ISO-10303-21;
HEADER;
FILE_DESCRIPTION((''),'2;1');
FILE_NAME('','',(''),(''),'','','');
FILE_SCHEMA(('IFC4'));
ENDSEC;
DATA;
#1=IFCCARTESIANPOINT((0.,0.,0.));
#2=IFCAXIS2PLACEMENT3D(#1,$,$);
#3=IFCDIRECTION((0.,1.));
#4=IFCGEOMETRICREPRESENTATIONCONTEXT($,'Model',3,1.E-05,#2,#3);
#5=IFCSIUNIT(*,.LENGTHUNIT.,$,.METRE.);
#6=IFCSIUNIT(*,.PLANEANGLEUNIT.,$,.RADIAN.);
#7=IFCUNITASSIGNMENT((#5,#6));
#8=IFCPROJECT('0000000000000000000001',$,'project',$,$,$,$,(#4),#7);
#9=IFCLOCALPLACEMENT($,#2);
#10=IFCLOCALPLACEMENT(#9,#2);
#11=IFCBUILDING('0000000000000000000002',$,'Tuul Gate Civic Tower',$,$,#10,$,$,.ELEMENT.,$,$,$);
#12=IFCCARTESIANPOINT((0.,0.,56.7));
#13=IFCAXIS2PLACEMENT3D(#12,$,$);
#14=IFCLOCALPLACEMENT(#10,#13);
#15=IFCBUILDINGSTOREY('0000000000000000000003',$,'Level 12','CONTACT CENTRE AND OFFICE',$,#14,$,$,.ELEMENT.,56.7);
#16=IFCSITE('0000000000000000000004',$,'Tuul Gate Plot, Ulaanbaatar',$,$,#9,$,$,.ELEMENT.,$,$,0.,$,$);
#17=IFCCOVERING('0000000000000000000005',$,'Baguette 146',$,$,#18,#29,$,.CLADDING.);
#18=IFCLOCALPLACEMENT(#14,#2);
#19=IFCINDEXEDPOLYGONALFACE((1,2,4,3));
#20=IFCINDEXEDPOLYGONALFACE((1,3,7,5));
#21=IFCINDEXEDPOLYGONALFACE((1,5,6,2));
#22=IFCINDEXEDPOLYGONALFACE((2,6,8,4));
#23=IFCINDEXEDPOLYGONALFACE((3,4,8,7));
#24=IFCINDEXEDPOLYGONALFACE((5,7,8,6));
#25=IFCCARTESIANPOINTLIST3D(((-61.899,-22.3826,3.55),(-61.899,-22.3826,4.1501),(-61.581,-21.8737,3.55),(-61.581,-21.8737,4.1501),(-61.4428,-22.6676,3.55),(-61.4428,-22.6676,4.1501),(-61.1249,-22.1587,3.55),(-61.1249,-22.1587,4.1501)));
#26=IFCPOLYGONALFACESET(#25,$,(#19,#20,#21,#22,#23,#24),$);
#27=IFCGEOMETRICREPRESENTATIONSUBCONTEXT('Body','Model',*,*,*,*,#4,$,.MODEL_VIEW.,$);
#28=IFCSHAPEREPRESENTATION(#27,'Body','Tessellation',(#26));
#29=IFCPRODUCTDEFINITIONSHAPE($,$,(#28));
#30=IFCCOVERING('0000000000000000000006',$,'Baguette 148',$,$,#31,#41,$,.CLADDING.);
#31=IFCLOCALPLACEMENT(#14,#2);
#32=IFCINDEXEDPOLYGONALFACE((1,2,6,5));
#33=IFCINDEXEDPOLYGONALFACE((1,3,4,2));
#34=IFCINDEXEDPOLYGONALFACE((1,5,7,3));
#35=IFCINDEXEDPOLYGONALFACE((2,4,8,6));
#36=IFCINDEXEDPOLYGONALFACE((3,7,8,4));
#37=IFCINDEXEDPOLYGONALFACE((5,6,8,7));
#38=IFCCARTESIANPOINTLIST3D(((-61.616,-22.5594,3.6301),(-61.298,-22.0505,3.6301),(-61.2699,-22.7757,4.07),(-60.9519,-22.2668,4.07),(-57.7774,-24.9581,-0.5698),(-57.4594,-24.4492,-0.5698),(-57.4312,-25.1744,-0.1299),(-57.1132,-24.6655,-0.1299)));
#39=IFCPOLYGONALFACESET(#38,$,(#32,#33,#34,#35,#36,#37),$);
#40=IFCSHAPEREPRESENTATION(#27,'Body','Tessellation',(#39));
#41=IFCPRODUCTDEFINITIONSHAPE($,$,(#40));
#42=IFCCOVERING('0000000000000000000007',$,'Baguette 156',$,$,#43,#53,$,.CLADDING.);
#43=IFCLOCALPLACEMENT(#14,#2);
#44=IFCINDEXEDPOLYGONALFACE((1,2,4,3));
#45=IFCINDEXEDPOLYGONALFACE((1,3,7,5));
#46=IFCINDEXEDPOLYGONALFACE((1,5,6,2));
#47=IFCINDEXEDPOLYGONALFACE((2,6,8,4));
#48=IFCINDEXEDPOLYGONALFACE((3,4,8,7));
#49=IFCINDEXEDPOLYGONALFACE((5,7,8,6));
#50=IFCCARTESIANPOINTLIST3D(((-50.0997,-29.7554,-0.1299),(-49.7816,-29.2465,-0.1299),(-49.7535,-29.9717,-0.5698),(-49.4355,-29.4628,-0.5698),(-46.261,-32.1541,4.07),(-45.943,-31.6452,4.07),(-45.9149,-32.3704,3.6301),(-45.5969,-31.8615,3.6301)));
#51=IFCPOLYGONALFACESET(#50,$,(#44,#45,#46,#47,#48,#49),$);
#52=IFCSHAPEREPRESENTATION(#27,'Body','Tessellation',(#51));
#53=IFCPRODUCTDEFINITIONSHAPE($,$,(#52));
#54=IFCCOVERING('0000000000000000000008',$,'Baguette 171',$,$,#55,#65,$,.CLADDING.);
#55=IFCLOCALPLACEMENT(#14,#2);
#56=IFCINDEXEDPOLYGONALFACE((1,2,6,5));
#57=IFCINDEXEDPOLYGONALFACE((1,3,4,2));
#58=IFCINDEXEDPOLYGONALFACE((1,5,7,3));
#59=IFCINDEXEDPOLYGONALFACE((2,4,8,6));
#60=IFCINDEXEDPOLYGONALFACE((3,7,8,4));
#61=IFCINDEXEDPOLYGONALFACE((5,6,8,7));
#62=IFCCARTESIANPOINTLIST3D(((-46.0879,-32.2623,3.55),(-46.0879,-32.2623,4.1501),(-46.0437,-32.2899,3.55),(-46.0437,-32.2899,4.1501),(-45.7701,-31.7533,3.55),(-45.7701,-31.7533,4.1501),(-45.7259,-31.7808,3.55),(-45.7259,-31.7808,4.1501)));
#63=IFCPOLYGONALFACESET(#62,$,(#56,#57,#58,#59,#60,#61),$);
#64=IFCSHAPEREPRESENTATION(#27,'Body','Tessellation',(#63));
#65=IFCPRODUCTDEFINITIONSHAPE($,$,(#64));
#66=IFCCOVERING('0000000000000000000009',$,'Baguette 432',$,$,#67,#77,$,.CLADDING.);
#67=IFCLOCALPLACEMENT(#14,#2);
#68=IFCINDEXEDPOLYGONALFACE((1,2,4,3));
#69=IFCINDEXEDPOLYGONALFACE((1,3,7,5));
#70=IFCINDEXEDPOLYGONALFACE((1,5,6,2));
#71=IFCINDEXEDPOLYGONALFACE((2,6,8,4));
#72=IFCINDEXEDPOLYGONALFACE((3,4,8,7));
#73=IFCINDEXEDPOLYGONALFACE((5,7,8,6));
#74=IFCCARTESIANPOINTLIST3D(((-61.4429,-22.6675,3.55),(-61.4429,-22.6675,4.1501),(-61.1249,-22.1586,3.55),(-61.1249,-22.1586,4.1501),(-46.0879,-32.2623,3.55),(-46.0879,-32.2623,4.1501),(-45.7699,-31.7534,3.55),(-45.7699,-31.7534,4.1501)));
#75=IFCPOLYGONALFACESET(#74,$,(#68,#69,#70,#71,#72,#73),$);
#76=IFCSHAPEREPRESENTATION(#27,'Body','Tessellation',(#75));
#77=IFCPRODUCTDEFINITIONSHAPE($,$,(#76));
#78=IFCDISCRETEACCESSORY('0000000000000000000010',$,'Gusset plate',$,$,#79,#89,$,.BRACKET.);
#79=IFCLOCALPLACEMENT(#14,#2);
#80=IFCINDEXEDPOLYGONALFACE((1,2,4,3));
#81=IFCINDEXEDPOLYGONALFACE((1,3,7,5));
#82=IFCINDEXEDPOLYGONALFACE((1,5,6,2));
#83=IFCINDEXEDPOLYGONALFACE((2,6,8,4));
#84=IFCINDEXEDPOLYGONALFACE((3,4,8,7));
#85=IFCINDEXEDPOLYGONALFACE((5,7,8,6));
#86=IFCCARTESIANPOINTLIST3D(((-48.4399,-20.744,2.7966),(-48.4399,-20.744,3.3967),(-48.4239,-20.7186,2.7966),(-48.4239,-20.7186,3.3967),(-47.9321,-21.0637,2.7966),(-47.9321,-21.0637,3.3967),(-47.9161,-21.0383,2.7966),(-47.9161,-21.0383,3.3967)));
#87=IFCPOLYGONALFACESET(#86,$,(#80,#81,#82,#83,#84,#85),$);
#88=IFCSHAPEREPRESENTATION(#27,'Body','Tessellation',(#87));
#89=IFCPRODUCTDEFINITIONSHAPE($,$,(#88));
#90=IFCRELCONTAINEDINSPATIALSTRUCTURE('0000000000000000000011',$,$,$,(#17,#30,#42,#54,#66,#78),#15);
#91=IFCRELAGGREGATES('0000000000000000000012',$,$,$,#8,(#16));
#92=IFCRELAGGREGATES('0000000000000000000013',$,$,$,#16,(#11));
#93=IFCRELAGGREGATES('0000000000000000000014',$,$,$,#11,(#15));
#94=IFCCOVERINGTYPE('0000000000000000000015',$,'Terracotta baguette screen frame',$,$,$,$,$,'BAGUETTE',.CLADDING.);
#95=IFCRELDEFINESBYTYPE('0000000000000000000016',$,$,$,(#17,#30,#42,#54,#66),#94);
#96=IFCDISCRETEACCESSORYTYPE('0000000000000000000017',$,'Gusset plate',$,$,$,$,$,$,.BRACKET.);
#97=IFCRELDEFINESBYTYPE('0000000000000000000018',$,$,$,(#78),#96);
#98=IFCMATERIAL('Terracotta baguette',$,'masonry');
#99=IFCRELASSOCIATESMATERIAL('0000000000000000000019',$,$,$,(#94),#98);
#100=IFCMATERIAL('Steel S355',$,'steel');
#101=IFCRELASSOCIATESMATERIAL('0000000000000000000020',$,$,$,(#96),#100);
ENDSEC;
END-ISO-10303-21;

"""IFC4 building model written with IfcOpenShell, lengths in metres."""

from ifc_helpers import new_model, si_unit, direction, frame, origin, origin_2d, place, context, subcontext, project, spatial, rectangle, extrude, material, material_profile, profile_set, type_object, element, save


model = new_model("IFC4")

# Units and contexts
model_context = context("Model", 3, precision=1e-05, world=origin(), true_north=direction((0.0, 1.0)))
body_context = subcontext(model_context, "Body", "Model", "MODEL_VIEW")
ifc_project = project(units=[si_unit("LENGTHUNIT", "METRE"), si_unit("PLANEANGLEUNIT", "RADIAN")], contexts=[model_context])

# Site, building, storey
site_placement = place(None, origin())
site = spatial("IfcSite", under=ifc_project, at=site_placement, Name="Tuul Gate Plot, Ulaanbaatar", CompositionType="ELEMENT", RefElevation=0.0)
building_placement = place(site_placement, origin())
building = spatial("IfcBuilding", under=site, at=building_placement, Name="Tuul Gate Civic Tower", CompositionType="ELEMENT")
storey_placement = place(building_placement, frame((0.0, 0.0, 56.7)))
storey = spatial("IfcBuildingStorey", under=building, at=storey_placement, Name="Level 12", Description="CONTACT CENTRE AND OFFICE", CompositionType="ELEMENT", Elevation=56.7)

# Coverings
ifc_material_1 = material(Name="Terracotta baguette", Category="masonry")
ifc_material_profile_1 = material_profile(ifc_material_1, rectangle(XDim=0.6001, YDim=0.6001, at=origin_2d()), Name="Terracotta baguette screen frame")
ifc_profile_set_1 = profile_set([ifc_material_profile_1], Name="Terracotta baguette")
covering_type = type_object("IfcCoveringType", Name="Terracotta baguette screen frame", ElementType="BAGUETTE", PredefinedType="CLADDING", material=ifc_profile_set_1)
covering_1_placement = place(storey_placement, frame((-61.74, -22.1282, 3.8501), z_axis=(0.8481, -0.529836, 0.0), x_axis=(0.529836, 0.8481, 0.0)))
element("IfcCovering", 1, at=covering_1_placement, inside=storey, type_object=covering_type, Name="Baguette 146", PredefinedType="CLADDING", context=body_context, shape_type="SweptSolid", body=[
    extrude(rectangle(XDim=0.6001, YDim=0.6001, at=origin_2d()), origin(), (0.0, 0.0, 1.0), 0.5378),
])
for number, where, z_axis, x_axis, name in (
    (2, (-61.2839, -22.4131, 3.8501), (0.621658, -0.388462, -0.680175), (0.529926, 0.848044, 0.0), "Baguette 148"),
    (3, (-49.7676, -29.6091, -0.3499), (0.621658, -0.388462, 0.680175), (0.529926, 0.848044, 0.0), "Baguette 156"),
):
    element("IfcCovering", number, at=place(storey_placement, frame(where, z_axis=z_axis, x_axis=x_axis)), inside=storey, type_object=covering_type, Name=name, PredefinedType="CLADDING", context=body_context, shape_type="SweptSolid", body=[
        extrude(rectangle(XDim=0.6001, YDim=0.6001, at=origin_2d()), origin(), (0.0, 0.0, 1.0), 6.1748),
    ])
covering_2_placement = place(storey_placement, frame((-45.929, -32.0078, 3.8501), z_axis=(0.848261, -0.529578, 0.0), x_axis=(0.529578, 0.848261, 0.0)))
element("IfcCovering", 4, at=covering_2_placement, inside=storey, type_object=covering_type, Name="Baguette 171", PredefinedType="CLADDING", context=body_context, shape_type="SweptSolid", body=[
    extrude(rectangle(XDim=0.6001, YDim=0.6001, at=origin_2d()), origin(), (0.0, 0.0, 1.0), 0.052),
])
covering_3_placement = place(storey_placement, frame((-61.2839, -22.4131, 3.8501), z_axis=(0.848051, -0.529914, 0.0), x_axis=(0.529914, 0.848051, 0.0)))
element("IfcCovering", 5, at=covering_3_placement, inside=storey, type_object=covering_type, Name="Baguette 432", PredefinedType="CLADDING", context=body_context, shape_type="SweptSolid", body=[
    extrude(rectangle(XDim=0.6001, YDim=0.6001, at=origin_2d()), origin(), (0.0, 0.0, 1.0), 18.1062),
])

# Discrete accessory
ifc_material_2 = material(Name="Steel S355", Category="steel")
discrete_accessory_type = type_object("IfcDiscreteAccessoryType", Name="Gusset plate", PredefinedType="BRACKET", material=ifc_material_2)
discrete_accessory_placement = place(storey_placement, frame((-48.178, -20.8911, 2.7966), z_axis=(0.0, 0.0, 1.0), x_axis=(0.846275, -0.532746, 0.0)))
element("IfcDiscreteAccessory", 6, at=discrete_accessory_placement, inside=storey, type_object=discrete_accessory_type, Name="Gusset plate", PredefinedType="BRACKET", context=body_context, shape_type="SweptSolid", body=[
    extrude(rectangle(XDim=0.6001, YDim=0.03, at=origin_2d()), origin(), (0.0, 0.0, 1.0), 0.6001),
])

save(model, "model.ifc")
